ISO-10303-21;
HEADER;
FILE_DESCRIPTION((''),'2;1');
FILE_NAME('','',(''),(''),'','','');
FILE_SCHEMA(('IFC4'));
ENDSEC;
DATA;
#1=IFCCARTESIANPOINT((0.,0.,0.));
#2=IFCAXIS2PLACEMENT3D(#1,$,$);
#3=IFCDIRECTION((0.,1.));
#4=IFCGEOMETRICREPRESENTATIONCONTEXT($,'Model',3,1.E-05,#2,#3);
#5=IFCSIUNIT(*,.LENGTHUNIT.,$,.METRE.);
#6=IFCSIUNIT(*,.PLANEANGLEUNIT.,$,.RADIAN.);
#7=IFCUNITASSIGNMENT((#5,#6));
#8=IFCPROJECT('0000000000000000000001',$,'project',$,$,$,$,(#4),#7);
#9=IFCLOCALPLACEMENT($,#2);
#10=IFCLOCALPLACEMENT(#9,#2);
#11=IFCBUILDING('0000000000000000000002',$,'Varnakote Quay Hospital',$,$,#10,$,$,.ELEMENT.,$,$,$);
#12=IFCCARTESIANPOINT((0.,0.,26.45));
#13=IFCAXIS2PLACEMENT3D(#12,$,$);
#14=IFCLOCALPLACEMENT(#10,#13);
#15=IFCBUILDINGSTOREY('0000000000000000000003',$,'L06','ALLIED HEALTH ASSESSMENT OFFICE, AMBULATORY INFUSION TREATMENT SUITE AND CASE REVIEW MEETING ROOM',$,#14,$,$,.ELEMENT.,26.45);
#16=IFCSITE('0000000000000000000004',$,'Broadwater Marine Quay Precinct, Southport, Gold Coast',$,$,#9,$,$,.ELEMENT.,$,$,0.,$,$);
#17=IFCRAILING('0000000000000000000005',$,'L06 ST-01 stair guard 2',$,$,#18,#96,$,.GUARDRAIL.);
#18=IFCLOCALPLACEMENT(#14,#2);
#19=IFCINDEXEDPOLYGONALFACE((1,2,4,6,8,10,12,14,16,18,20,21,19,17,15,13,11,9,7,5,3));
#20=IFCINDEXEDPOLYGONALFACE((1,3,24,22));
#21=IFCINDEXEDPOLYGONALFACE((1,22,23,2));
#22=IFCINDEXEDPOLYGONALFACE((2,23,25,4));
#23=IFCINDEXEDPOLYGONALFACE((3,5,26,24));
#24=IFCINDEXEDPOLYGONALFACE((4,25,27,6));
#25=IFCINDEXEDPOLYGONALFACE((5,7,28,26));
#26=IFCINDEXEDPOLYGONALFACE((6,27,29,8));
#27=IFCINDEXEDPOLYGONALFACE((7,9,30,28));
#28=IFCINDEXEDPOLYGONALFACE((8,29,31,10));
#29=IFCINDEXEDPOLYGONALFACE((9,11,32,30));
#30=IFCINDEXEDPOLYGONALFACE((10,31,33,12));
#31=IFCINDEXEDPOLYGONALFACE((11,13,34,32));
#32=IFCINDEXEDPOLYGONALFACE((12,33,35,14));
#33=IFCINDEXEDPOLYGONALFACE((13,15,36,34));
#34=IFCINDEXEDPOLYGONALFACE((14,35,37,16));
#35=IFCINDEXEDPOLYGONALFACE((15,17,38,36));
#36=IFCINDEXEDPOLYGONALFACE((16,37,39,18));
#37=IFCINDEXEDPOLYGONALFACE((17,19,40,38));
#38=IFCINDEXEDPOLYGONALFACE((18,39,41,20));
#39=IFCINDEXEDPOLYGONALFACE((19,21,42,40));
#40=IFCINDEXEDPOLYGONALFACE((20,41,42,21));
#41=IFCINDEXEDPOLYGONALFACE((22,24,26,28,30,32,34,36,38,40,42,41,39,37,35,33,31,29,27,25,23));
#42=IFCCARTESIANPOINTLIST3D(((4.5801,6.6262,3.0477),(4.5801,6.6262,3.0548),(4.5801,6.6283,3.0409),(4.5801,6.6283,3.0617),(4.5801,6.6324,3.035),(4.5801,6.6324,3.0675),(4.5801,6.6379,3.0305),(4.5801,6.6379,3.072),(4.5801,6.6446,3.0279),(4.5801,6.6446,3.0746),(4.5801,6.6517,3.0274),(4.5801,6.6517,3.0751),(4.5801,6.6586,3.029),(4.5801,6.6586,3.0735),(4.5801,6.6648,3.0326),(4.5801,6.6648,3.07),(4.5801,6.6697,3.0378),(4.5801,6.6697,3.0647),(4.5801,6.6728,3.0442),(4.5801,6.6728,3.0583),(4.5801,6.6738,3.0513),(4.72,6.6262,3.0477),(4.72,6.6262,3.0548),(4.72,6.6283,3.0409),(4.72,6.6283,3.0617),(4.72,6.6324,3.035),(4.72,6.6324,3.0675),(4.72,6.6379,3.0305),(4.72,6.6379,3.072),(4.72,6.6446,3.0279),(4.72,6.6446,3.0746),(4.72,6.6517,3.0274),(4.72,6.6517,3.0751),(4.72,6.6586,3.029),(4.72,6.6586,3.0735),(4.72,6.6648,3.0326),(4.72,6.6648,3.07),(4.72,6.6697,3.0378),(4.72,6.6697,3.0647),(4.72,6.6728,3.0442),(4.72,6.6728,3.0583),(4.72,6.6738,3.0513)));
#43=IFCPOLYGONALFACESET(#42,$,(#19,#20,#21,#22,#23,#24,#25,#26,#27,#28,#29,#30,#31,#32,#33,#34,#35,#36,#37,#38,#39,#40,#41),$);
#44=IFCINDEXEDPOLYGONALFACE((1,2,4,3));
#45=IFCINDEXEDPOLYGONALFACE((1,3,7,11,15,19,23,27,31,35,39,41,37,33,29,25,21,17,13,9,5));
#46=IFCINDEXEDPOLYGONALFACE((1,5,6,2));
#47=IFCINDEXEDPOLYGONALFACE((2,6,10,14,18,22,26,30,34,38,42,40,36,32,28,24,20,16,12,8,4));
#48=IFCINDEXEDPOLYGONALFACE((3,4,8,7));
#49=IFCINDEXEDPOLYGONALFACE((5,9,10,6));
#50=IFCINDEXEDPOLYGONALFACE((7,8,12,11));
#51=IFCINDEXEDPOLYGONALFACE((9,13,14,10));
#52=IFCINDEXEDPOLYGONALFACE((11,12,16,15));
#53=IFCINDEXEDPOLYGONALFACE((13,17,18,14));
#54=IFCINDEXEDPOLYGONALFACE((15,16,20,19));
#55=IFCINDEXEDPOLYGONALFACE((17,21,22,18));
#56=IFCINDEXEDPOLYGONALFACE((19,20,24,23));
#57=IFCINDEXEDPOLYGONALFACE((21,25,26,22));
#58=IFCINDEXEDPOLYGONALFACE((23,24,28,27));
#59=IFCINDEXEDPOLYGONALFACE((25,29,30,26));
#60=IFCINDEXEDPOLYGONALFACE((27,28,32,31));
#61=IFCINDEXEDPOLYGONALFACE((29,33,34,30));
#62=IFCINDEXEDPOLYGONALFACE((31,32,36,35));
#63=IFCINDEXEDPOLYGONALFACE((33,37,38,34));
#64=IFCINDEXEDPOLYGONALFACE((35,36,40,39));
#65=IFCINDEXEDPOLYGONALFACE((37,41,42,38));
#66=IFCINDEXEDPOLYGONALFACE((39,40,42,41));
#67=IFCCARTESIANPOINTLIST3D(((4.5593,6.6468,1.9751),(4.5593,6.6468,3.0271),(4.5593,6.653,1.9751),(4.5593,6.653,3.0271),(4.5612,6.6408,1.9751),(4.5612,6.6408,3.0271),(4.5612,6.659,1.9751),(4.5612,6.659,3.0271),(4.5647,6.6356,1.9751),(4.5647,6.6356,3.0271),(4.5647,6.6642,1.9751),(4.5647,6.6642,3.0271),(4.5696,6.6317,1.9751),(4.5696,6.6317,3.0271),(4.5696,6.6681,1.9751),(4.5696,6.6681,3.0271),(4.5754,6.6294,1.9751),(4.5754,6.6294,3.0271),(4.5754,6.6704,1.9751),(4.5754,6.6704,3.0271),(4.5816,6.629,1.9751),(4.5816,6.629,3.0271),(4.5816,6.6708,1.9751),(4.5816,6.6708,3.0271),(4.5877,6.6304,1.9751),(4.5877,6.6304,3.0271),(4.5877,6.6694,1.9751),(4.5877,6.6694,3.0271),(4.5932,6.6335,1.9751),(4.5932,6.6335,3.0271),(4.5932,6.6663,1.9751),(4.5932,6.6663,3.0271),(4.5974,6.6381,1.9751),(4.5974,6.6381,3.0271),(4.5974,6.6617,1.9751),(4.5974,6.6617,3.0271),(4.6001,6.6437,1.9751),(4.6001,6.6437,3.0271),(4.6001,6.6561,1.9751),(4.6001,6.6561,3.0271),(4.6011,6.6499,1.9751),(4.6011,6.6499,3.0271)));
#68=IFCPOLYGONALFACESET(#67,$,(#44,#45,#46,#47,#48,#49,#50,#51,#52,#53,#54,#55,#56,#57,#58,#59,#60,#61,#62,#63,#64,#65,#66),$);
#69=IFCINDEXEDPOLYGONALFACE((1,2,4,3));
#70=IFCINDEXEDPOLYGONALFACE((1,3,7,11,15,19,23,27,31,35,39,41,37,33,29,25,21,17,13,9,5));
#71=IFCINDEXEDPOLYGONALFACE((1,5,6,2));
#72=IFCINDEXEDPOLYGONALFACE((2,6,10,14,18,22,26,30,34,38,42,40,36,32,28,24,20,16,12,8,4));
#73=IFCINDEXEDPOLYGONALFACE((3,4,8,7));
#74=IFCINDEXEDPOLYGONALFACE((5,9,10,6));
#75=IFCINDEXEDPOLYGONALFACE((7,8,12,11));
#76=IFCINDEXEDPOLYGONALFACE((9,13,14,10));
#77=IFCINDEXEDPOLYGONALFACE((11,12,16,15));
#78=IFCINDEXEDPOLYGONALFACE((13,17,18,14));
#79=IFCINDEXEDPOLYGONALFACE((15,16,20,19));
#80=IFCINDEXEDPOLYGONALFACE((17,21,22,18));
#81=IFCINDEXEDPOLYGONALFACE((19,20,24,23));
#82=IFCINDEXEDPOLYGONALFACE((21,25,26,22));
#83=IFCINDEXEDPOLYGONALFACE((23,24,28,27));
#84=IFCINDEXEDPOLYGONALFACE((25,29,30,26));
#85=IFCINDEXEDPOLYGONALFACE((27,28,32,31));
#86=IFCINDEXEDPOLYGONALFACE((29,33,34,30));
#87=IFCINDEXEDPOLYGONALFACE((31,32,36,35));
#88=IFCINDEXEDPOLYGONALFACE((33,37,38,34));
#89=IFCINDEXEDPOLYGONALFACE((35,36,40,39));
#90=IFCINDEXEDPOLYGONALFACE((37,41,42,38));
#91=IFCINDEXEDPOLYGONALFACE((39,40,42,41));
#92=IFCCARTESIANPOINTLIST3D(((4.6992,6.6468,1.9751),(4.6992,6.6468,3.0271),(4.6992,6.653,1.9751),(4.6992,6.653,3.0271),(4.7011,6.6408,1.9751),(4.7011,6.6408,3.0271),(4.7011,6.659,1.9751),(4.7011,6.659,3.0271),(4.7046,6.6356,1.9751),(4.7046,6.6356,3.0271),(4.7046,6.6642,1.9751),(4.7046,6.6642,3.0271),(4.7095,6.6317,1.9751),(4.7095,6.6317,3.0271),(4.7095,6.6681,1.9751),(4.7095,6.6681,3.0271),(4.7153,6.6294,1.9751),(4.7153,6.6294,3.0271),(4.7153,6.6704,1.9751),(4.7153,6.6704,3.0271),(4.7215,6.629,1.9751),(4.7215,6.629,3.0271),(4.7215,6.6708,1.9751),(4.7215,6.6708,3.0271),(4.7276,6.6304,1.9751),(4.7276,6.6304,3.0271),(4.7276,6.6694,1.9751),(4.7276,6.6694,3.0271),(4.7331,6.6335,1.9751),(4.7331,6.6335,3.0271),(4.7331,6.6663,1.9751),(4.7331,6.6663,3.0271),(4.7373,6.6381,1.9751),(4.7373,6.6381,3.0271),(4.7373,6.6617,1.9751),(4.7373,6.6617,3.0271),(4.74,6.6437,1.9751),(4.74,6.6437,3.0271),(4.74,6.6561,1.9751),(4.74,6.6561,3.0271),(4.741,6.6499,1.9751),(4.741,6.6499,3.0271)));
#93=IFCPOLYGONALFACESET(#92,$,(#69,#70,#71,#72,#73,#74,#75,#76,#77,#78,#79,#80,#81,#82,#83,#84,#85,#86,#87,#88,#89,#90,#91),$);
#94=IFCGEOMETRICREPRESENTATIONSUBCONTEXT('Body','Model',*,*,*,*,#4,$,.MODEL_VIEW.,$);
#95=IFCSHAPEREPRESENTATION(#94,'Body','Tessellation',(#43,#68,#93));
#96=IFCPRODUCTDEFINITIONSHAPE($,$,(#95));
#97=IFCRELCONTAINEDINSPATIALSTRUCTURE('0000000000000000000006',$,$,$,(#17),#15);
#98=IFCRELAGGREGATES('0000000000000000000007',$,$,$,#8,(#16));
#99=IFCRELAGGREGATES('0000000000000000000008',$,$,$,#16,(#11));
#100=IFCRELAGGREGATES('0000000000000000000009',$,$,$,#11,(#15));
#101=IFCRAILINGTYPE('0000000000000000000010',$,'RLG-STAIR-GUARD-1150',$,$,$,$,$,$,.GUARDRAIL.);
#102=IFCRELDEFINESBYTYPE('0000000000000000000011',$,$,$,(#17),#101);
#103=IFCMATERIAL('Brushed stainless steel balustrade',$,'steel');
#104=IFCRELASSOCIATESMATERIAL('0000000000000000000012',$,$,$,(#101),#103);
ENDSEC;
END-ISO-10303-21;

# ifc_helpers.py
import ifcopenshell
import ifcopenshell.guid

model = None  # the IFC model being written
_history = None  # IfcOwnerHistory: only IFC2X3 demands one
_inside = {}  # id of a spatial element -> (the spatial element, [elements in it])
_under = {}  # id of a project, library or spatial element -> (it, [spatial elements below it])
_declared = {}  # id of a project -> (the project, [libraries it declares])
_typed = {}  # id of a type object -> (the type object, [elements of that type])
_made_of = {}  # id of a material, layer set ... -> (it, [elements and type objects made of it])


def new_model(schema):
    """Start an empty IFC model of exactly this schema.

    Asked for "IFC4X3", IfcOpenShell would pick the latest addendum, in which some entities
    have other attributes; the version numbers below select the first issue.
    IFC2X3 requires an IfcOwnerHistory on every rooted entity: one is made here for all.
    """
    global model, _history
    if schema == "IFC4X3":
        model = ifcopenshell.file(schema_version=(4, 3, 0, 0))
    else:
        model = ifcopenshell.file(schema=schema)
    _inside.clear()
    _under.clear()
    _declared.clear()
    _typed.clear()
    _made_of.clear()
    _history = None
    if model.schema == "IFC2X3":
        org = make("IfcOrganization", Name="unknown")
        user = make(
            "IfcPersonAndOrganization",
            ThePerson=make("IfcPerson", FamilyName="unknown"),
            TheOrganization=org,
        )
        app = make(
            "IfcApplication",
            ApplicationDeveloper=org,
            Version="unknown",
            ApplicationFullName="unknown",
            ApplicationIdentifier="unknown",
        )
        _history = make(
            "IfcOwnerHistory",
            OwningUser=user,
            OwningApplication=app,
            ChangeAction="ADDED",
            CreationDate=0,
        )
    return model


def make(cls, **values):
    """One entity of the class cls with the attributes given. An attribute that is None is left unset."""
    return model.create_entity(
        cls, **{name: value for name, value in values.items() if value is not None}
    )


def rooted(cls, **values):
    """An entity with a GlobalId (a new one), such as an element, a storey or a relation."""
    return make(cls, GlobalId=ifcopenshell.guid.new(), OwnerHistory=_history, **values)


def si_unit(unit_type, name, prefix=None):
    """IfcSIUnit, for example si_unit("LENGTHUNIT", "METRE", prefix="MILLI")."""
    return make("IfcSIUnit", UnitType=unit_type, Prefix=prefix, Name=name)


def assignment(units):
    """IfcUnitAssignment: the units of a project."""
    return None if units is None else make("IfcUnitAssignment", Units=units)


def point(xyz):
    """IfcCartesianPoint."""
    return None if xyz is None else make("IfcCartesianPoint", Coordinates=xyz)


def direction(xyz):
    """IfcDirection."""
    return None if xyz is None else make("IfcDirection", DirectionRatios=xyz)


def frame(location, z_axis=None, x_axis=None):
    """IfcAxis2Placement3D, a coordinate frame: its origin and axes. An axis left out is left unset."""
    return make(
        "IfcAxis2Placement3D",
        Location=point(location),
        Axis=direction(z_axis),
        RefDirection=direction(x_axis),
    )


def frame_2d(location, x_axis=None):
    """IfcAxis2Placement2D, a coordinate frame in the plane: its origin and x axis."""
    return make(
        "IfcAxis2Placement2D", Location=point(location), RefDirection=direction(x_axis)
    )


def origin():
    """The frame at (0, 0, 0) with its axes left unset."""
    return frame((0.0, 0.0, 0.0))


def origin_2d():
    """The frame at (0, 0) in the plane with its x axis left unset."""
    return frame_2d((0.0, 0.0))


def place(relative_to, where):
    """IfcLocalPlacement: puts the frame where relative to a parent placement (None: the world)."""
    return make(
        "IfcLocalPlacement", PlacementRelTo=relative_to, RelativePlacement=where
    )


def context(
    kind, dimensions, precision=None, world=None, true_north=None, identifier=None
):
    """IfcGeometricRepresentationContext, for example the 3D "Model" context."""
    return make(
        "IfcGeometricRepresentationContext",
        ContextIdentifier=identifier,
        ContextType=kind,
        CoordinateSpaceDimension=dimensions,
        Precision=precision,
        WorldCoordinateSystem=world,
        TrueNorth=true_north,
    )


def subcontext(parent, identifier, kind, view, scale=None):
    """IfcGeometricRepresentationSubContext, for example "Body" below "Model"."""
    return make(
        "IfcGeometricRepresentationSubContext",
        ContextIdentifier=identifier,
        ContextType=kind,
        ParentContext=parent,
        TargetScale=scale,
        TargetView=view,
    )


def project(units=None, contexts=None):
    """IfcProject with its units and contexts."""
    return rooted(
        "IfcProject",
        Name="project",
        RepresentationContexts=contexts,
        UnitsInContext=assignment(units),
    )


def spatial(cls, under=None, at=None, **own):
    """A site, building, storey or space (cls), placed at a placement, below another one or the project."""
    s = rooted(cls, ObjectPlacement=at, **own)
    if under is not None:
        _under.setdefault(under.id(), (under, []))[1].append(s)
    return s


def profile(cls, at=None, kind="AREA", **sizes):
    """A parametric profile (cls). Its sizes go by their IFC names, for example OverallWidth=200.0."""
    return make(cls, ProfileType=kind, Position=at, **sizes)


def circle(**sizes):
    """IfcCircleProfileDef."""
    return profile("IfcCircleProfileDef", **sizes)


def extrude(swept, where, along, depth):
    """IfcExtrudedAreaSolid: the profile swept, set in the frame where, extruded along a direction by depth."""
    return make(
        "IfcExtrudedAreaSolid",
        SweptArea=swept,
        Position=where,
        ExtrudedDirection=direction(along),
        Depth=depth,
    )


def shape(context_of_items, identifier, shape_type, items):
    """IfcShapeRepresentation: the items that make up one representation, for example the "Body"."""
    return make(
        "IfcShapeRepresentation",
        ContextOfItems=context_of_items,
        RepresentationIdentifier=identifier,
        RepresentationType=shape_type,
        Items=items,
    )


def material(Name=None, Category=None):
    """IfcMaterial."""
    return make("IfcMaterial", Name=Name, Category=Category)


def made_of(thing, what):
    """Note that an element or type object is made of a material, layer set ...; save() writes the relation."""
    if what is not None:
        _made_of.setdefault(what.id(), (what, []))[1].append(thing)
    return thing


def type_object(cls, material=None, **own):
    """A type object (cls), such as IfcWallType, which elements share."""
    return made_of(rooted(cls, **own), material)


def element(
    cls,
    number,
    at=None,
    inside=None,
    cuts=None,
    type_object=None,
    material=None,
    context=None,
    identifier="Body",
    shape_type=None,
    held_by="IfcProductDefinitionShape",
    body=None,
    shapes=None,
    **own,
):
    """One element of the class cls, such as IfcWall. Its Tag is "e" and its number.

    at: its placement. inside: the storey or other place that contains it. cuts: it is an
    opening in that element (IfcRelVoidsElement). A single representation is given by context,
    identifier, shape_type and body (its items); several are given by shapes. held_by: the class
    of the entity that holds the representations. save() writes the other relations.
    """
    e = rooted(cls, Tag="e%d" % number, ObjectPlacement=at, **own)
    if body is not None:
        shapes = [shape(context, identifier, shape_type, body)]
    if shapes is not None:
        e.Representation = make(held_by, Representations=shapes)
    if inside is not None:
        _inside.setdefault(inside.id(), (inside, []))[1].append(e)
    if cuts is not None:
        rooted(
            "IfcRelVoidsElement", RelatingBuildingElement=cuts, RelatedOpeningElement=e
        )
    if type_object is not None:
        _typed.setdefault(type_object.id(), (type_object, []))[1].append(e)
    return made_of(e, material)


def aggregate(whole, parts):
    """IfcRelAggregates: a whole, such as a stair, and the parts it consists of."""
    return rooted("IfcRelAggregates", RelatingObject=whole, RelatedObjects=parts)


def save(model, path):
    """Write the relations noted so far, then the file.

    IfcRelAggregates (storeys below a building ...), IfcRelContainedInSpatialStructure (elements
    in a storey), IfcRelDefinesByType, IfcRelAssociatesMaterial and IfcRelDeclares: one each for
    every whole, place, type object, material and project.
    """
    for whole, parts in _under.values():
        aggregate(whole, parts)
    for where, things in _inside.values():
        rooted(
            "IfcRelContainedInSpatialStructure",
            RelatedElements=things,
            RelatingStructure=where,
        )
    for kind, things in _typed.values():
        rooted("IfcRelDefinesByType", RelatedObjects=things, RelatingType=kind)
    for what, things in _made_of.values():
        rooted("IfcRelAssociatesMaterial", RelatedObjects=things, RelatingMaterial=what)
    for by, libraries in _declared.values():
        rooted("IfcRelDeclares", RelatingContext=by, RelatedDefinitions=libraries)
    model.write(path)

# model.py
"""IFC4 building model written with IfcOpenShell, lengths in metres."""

from ifc_helpers import new_model, si_unit, direction, frame, origin, origin_2d, place, context, subcontext, project, spatial, circle, extrude, material, type_object, element, save


model = new_model("IFC4")

# Units and contexts
model_context = context("Model", 3, precision=1e-05, world=origin(), true_north=direction((0.0, 1.0)))
body_context = subcontext(model_context, "Body", "Model", "MODEL_VIEW")
ifc_project = project(units=[si_unit("LENGTHUNIT", "METRE"), si_unit("PLANEANGLEUNIT", "RADIAN")], contexts=[model_context])

# Site, building, storey
site_placement = place(None, origin())
site = spatial("IfcSite", under=ifc_project, at=site_placement, Name="Broadwater Marine Quay Precinct, Southport, Gold Coast", CompositionType="ELEMENT", RefElevation=0.0)
building_placement = place(site_placement, origin())
building = spatial("IfcBuilding", under=site, at=building_placement, Name="Varnakote Quay Hospital", CompositionType="ELEMENT")
storey_placement = place(building_placement, frame((0.0, 0.0, 26.45)))
storey = spatial("IfcBuildingStorey", under=building, at=storey_placement, Name="L06", Description="ALLIED HEALTH ASSESSMENT OFFICE, AMBULATORY INFUSION TREATMENT SUITE AND CASE REVIEW MEETING ROOM", CompositionType="ELEMENT", Elevation=26.45)

# Railing
ifc_material_1 = material(Name="Brushed stainless steel balustrade", Category="steel")
railing_type_1 = type_object("IfcRailingType", Name="RLG-STAIR-GUARD-1150", PredefinedType="GUARDRAIL", material=ifc_material_1)
railing_1_placement = place(storey_placement, frame((4.5801, 6.6499, 1.9751)))
element("IfcRailing", 1, at=railing_1_placement, inside=storey, type_object=railing_type_1, Name="L06 ST-01 stair guard 2", PredefinedType="GUARDRAIL", context=body_context, shape_type="SweptSolid", body=[
    extrude(circle(Radius=0.0239, at=origin_2d()), frame((0.0, 0.0, 1.0762), z_axis=(1.0, 0.0, 0.0), x_axis=(0.0, 1.0, 0.0)), (0.0, 0.0, 1.0), 0.1399),
    extrude(circle(Radius=0.021, at=origin_2d()), origin(), (0.0, 0.0, 1.0), 1.052),
    extrude(circle(Radius=0.021, at=origin_2d()), frame((0.1399, 0.0, 0.0)), (0.0, 0.0, 1.0), 1.052),
])

save(model, "model.ifc")
